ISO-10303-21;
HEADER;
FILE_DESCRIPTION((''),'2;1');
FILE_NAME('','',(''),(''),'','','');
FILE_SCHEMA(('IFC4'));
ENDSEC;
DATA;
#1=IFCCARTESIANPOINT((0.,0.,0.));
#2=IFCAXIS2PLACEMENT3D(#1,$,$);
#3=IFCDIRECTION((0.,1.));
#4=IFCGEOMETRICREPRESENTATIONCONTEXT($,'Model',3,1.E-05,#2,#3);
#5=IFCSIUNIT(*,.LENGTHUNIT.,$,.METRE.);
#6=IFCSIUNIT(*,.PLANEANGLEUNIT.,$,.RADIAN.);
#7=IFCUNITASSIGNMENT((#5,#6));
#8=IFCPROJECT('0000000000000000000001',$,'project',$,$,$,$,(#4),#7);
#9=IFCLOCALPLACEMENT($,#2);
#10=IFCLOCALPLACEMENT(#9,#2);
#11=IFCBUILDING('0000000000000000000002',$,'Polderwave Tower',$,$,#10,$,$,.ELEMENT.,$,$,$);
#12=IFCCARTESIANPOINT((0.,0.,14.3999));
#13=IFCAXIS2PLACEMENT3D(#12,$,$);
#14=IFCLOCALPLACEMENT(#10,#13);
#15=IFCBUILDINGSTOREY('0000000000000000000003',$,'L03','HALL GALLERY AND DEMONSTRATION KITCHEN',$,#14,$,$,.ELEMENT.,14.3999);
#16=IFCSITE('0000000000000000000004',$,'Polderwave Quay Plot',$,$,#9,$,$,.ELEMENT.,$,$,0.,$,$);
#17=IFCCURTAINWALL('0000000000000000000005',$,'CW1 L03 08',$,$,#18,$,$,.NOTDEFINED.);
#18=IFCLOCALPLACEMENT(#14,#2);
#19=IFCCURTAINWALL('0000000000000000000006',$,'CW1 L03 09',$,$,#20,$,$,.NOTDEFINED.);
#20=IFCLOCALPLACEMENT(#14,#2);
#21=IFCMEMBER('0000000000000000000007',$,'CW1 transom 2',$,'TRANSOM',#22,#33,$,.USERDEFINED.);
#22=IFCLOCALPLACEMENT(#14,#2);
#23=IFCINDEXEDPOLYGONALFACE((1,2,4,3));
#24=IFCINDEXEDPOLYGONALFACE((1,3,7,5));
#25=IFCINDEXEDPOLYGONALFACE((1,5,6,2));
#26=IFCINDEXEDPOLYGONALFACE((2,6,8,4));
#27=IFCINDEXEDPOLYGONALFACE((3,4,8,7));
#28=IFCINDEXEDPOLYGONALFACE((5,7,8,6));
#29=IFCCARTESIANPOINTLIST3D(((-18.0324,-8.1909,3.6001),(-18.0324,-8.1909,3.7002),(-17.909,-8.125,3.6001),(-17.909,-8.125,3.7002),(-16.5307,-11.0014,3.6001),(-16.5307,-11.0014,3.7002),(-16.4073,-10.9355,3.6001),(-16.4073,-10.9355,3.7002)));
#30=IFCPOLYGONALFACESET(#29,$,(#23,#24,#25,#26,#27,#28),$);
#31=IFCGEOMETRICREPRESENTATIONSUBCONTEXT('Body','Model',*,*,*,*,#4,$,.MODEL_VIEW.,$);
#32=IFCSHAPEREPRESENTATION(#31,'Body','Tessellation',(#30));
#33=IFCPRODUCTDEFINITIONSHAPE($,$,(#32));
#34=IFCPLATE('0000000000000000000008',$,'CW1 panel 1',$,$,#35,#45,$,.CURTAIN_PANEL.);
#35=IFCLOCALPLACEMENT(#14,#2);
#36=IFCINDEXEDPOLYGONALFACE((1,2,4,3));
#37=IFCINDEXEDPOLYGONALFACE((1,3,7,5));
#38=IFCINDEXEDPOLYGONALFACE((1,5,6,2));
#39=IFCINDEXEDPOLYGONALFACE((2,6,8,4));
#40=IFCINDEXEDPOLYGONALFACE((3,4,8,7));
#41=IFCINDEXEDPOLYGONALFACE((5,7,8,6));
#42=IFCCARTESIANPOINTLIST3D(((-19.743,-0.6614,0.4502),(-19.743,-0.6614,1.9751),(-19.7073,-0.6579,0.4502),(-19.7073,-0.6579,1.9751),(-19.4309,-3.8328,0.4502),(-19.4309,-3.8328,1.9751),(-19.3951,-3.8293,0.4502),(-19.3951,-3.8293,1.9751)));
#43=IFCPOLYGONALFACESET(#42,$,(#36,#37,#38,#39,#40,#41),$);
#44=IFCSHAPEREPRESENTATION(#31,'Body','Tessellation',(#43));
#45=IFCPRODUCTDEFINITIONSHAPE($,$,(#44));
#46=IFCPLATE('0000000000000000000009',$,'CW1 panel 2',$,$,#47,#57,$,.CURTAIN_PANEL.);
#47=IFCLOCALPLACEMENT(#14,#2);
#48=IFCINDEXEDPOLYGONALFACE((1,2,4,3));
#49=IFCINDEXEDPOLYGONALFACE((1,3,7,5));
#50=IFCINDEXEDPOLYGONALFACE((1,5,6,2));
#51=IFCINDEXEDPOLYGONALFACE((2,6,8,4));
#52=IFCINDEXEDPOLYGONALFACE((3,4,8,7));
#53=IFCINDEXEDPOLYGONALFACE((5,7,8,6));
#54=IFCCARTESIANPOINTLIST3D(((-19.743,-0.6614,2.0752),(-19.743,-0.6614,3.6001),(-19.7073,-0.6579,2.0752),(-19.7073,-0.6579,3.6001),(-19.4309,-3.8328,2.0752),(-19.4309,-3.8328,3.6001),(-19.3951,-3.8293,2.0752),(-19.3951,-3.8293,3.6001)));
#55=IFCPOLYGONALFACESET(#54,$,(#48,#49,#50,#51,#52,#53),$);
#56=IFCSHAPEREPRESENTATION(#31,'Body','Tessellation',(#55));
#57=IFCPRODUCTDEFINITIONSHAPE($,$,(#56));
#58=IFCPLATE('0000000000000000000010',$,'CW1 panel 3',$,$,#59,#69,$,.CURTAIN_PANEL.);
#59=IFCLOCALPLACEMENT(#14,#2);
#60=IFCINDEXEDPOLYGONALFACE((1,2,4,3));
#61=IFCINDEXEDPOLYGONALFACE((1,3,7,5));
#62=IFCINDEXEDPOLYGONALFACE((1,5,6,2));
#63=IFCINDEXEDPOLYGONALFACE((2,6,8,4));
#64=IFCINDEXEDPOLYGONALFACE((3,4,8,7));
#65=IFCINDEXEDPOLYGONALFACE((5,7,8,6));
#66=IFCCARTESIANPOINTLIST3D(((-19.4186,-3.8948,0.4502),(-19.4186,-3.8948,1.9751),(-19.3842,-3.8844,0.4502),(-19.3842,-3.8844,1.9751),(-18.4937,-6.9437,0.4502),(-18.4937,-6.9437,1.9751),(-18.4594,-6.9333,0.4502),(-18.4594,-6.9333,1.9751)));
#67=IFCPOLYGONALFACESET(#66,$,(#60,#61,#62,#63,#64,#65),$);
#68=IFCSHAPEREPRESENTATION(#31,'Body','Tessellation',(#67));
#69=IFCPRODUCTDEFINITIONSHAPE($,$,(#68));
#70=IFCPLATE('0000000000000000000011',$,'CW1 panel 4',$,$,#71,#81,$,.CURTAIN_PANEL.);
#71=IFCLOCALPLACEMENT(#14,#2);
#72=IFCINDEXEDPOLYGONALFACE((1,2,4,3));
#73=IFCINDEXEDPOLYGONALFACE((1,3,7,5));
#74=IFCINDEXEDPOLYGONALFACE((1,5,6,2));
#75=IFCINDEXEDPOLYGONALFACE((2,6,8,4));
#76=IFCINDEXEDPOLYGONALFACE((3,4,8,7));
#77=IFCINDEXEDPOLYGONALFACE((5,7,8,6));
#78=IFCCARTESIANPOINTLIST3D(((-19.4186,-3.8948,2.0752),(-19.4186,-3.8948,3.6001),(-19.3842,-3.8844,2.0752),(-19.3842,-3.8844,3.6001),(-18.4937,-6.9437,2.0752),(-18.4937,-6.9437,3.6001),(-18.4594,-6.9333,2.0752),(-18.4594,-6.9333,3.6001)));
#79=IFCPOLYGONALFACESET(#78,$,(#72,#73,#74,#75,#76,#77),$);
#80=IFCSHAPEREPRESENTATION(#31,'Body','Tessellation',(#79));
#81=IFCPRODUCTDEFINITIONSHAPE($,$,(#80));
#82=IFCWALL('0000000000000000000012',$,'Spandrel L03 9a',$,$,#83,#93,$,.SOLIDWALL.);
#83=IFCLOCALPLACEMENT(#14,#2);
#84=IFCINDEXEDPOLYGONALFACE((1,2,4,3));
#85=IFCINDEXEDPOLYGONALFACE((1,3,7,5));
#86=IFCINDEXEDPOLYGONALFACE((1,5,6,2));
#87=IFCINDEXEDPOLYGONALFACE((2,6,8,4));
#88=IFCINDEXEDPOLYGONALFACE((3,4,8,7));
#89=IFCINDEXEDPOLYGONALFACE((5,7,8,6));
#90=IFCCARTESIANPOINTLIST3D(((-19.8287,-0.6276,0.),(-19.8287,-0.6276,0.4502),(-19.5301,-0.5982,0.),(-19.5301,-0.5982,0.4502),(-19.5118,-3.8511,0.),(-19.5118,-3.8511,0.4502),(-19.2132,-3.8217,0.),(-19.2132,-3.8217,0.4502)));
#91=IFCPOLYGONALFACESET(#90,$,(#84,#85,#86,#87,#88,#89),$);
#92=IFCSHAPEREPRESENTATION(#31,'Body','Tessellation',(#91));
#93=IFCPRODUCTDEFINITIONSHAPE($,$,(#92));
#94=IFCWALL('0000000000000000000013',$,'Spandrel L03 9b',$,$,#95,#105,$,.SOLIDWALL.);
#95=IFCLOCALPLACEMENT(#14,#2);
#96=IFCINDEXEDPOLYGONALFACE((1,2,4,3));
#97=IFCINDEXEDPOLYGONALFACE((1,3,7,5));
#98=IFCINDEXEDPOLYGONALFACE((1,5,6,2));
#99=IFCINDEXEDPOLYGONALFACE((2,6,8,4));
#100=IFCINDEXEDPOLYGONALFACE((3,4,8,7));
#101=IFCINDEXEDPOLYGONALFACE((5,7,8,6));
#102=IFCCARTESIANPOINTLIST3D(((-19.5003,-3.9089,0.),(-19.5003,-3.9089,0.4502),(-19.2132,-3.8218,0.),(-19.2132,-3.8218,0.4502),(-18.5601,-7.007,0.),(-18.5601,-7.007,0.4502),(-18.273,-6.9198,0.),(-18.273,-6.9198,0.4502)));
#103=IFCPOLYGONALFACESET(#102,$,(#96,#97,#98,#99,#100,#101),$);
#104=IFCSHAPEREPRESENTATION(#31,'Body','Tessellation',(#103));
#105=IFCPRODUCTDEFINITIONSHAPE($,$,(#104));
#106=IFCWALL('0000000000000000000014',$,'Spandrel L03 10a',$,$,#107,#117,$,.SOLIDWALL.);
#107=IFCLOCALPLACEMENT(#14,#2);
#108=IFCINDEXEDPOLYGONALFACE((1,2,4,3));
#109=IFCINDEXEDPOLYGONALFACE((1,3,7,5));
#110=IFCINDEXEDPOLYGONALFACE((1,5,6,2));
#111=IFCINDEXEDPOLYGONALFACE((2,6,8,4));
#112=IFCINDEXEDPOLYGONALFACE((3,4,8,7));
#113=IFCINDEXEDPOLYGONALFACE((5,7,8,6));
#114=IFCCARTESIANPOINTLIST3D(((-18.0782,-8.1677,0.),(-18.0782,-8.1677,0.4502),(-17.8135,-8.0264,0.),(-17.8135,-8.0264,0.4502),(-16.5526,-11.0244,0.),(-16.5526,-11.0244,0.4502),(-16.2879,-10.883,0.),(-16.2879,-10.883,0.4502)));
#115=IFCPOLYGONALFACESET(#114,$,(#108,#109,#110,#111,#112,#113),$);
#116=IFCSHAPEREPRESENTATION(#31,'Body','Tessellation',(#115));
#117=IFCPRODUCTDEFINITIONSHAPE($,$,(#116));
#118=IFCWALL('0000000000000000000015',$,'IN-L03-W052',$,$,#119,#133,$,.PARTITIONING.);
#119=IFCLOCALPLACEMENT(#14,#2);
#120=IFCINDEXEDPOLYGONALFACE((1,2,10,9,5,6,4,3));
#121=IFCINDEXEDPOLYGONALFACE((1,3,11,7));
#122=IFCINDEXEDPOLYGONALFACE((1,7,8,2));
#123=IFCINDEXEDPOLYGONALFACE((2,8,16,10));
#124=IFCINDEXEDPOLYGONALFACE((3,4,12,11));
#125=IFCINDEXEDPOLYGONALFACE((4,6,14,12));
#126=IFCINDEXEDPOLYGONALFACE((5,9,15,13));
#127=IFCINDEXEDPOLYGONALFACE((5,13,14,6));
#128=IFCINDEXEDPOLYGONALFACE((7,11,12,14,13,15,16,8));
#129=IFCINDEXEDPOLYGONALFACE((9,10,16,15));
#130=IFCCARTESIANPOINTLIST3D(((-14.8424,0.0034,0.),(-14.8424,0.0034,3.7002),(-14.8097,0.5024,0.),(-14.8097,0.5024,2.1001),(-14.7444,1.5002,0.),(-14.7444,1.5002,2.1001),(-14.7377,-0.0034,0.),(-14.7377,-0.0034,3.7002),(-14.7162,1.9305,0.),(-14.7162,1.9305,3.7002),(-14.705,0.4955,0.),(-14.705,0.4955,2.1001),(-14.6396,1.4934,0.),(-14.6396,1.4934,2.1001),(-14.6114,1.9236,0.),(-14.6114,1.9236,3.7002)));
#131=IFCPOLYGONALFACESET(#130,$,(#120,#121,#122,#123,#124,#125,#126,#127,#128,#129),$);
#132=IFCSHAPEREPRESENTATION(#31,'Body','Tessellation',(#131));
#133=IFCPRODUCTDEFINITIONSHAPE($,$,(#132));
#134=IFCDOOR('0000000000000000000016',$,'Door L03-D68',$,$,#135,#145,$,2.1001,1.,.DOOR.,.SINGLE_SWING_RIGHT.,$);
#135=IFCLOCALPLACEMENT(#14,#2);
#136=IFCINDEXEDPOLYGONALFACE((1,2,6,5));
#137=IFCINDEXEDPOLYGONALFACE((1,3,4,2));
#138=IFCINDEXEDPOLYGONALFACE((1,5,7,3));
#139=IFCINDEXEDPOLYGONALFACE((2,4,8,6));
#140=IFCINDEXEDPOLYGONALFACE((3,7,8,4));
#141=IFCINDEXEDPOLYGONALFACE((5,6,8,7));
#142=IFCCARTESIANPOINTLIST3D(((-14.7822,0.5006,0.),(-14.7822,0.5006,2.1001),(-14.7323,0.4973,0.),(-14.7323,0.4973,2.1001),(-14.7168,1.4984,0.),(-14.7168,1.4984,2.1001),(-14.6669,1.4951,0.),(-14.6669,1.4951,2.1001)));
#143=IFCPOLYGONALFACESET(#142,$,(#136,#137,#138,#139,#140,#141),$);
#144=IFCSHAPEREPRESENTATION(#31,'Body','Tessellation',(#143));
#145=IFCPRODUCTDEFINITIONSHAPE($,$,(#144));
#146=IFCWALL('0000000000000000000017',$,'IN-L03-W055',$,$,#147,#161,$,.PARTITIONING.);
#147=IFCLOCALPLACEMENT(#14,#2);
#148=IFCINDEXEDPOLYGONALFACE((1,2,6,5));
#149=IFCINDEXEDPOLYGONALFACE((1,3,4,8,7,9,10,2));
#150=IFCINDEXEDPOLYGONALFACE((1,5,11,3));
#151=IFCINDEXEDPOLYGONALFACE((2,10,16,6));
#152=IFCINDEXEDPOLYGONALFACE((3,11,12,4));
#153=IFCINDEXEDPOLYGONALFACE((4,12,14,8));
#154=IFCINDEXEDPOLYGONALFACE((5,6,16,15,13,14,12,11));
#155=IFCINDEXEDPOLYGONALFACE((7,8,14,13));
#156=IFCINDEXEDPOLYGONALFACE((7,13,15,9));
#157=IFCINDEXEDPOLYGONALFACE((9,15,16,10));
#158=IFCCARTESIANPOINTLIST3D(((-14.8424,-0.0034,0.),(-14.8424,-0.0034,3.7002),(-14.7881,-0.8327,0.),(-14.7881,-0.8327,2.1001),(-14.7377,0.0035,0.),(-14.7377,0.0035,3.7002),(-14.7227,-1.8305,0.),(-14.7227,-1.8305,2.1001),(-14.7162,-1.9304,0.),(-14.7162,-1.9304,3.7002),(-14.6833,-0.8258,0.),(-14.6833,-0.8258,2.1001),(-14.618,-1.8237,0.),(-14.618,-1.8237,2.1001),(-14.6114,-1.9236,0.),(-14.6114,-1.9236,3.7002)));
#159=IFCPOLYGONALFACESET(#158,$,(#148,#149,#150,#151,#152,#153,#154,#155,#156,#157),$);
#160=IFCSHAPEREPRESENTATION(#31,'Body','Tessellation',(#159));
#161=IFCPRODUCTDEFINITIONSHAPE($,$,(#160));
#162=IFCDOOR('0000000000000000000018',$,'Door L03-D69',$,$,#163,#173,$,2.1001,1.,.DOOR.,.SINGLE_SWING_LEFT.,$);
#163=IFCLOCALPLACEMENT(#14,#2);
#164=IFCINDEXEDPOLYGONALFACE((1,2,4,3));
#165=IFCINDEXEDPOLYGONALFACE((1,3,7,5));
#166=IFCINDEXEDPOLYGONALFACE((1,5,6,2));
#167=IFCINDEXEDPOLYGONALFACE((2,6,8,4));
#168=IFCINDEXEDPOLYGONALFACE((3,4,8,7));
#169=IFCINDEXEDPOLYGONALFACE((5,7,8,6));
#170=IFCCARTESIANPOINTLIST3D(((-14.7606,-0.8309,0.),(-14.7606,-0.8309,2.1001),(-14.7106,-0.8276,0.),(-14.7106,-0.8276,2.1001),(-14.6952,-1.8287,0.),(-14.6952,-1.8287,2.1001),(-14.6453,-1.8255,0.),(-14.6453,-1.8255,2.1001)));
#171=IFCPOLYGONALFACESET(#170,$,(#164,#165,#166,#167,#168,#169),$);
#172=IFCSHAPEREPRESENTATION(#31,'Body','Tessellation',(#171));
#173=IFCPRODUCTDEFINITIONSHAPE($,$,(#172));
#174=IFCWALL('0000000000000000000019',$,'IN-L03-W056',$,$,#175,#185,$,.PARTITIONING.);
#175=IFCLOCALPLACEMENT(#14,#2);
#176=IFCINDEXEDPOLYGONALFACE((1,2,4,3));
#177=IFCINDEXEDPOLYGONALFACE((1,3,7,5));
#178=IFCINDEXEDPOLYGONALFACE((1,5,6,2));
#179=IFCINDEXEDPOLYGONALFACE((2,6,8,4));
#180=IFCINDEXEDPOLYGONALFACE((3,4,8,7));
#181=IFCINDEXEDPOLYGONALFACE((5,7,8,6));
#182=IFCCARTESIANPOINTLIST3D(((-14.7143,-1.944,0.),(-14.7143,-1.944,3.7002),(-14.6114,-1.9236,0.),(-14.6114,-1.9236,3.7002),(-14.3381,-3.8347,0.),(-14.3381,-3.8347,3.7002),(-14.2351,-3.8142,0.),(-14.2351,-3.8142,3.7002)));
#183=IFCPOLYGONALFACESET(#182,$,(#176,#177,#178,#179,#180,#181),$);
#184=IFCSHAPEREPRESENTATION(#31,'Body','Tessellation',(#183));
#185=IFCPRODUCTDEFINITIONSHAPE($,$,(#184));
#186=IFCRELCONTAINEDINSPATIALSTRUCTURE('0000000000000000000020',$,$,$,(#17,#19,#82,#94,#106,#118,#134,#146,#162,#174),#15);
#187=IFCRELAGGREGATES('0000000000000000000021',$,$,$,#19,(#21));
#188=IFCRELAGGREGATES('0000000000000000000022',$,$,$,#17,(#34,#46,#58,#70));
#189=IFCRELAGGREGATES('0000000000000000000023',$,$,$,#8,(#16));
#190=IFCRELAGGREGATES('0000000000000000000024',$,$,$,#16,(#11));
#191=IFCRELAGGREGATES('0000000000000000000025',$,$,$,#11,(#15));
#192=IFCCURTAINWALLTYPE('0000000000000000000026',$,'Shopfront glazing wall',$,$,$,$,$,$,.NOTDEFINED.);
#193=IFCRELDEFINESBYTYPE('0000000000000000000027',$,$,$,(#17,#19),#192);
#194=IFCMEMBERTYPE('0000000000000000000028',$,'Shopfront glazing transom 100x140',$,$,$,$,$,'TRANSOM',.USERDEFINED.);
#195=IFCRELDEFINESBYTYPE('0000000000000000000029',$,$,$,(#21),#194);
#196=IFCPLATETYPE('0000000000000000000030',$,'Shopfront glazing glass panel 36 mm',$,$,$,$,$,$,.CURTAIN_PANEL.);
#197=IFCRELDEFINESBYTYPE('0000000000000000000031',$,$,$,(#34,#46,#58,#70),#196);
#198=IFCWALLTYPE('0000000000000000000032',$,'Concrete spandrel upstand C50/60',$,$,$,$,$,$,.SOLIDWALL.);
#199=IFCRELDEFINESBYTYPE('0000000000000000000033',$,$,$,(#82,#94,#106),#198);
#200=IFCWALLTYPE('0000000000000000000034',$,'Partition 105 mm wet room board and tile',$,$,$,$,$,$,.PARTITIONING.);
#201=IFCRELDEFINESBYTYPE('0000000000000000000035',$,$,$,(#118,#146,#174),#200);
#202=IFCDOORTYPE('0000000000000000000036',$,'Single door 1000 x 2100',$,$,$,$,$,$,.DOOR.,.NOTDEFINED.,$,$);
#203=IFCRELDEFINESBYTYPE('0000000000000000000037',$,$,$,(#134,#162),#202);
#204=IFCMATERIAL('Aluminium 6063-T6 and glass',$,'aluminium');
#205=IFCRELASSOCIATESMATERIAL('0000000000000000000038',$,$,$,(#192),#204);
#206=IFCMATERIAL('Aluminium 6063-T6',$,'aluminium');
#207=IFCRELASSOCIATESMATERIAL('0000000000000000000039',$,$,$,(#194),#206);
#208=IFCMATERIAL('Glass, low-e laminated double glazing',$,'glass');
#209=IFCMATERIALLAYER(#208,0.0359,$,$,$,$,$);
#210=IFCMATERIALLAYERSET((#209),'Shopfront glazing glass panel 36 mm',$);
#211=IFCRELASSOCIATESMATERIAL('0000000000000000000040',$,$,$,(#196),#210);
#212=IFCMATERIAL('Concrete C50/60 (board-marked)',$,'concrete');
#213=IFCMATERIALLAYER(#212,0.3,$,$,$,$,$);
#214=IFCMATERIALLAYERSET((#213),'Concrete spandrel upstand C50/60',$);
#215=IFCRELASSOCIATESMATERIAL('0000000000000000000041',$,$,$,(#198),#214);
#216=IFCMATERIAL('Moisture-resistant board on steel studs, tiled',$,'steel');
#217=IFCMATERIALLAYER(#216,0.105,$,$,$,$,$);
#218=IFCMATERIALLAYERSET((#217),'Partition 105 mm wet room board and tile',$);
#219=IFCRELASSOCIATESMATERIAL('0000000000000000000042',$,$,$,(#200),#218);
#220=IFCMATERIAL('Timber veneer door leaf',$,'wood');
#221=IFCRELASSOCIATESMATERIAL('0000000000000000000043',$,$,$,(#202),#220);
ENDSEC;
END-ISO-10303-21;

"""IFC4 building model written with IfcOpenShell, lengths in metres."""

from ifc_helpers import new_model, si_unit, direction, frame, frame_2d, origin, origin_2d, place, context, subcontext, project, spatial, rectangle, extrude, material, layer, layer_set, material_profile, profile_set, type_object, element, fill, aggregate, save


model = new_model("IFC4")

# Units and contexts
model_context = context("Model", 3, precision=1e-05, world=origin(), true_north=direction((0.0, 1.0)))
body_context = subcontext(model_context, "Body", "Model", "MODEL_VIEW")
ifc_project = project(units=[si_unit("LENGTHUNIT", "METRE"), si_unit("PLANEANGLEUNIT", "RADIAN")], contexts=[model_context])

# Site, building, storey
site_placement = place(None, origin())
site = spatial("IfcSite", under=ifc_project, at=site_placement, Name="Polderwave Quay Plot", CompositionType="ELEMENT", RefElevation=0.0)
building_placement = place(site_placement, origin())
building = spatial("IfcBuilding", under=site, at=building_placement, Name="Polderwave Tower", CompositionType="ELEMENT")
storey_placement = place(building_placement, frame((0.0, 0.0, 14.3999)))
storey = spatial("IfcBuildingStorey", under=building, at=storey_placement, Name="L03", Description="HALL GALLERY AND DEMONSTRATION KITCHEN", CompositionType="ELEMENT", Elevation=14.3999)

# Curtain wall
ifc_material_1 = material(Name="Aluminium 6063-T6 and glass", Category="aluminium")
curtain_wall_type = type_object("IfcCurtainWallType", Name="Shopfront glazing wall", PredefinedType="NOTDEFINED", material=ifc_material_1)
curtain_wall_1_placement = place(storey_placement, origin())
curtain_wall_1 = element("IfcCurtainWall", 1, at=curtain_wall_1_placement, inside=storey, type_object=curtain_wall_type, Name="CW1 L03 08", PredefinedType="NOTDEFINED")
ifc_material_2 = material(Name="Aluminium 6063-T6", Category="aluminium")

# Curtain wall
curtain_wall_2_placement = place(storey_placement, origin())
curtain_wall_2 = element("IfcCurtainWall", 2, at=curtain_wall_2_placement, inside=storey, type_object=curtain_wall_type, Name="CW1 L03 09", PredefinedType="NOTDEFINED")

# Member
ifc_material_profile_1 = material_profile(ifc_material_2, rectangle(XDim=0.1399, YDim=0.1001, at=origin_2d()), Name="AL 100x140")
ifc_profile_set_1 = profile_set([ifc_material_profile_1], Name="Aluminium 6063-T6")
member_type_1 = type_object("IfcMemberType", Name="Shopfront glazing transom 100x140", ElementType="TRANSOM", PredefinedType="USERDEFINED", material=ifc_profile_set_1)
member_1_placement = place(storey_placement, frame((-17.9707, -8.158, 3.6501), z_axis=(0.47126, -0.881994, 0.0), x_axis=(0.881994, 0.47126, 0.0)))
member_1 = element("IfcMember", 3, at=member_1_placement, type_object=member_type_1, Name="CW1 transom 2", ObjectType="TRANSOM", PredefinedType="USERDEFINED", context=body_context, shape_type="SweptSolid", body=[
    extrude(rectangle(XDim=0.1399, YDim=0.1001, at=origin_2d()), origin(), (0.0, 0.0, 1.0), 3.1865),
])
aggregate(curtain_wall_2, [member_1])

# Plates
ifc_material_3 = material(Name="Glass, low-e laminated double glazing", Category="glass")
ifc_layer_1 = layer(ifc_material_3, 0.0359)
ifc_layer_set_1 = layer_set([ifc_layer_1], Name="Shopfront glazing glass panel 36 mm")
plate_type = type_object("IfcPlateType", Name="Shopfront glazing glass panel 36 mm", PredefinedType="CURTAIN_PANEL", material=ifc_layer_set_1)
plate_1_placement = place(storey_placement, frame((-19.5691, -2.2454, 0.4502), z_axis=(0.0, 0.0, 1.0), x_axis=(0.097963, -0.99519, 0.0)))
plate_1 = element("IfcPlate", 4, at=plate_1_placement, type_object=plate_type, Name="CW1 panel 1", PredefinedType="CURTAIN_PANEL", context=body_context, shape_type="SweptSolid", body=[
    extrude(rectangle(XDim=3.1868, YDim=0.0359, at=origin_2d()), origin(), (0.0, 0.0, 1.0), 1.5249),
])
plate_2_placement = place(storey_placement, frame((-19.5691, -2.2454, 2.0752), z_axis=(0.0, 0.0, 1.0), x_axis=(0.097963, -0.99519, 0.0)))
plate_2 = element("IfcPlate", 5, at=plate_2_placement, type_object=plate_type, Name="CW1 panel 2", PredefinedType="CURTAIN_PANEL", context=body_context, shape_type="SweptSolid", body=[
    extrude(rectangle(XDim=3.1868, YDim=0.0359, at=origin_2d()), origin(), (0.0, 0.0, 1.0), 1.5249),
])
plate_3_placement = place(storey_placement, frame((-18.939, -5.4141, 0.4502), z_axis=(0.0, 0.0, 1.0), x_axis=(0.290286, -0.95694, 0.0)))
plate_3 = element("IfcPlate", 6, at=plate_3_placement, type_object=plate_type, Name="CW1 panel 3", PredefinedType="CURTAIN_PANEL", context=body_context, shape_type="SweptSolid", body=[
    extrude(rectangle(XDim=3.186, YDim=0.0359, at=origin_2d()), origin(), (0.0, 0.0, 1.0), 1.5249),
])
plate_4_placement = place(storey_placement, frame((-18.939, -5.4141, 2.0752), z_axis=(0.0, 0.0, 1.0), x_axis=(0.290286, -0.95694, 0.0)))
plate_4 = element("IfcPlate", 7, at=plate_4_placement, type_object=plate_type, Name="CW1 panel 4", PredefinedType="CURTAIN_PANEL", context=body_context, shape_type="SweptSolid", body=[
    extrude(rectangle(XDim=3.186, YDim=0.0359, at=origin_2d()), origin(), (0.0, 0.0, 1.0), 1.5249),
])
aggregate(curtain_wall_1, [plate_1, plate_2, plate_3, plate_4])

# Walls
ifc_material_4 = material(Name="Concrete C50/60 (board-marked)", Category="concrete")
ifc_layer_2 = layer(ifc_material_4, 0.3)
ifc_layer_set_2 = layer_set([ifc_layer_2], Name="Concrete spandrel upstand C50/60")
wall_type_1 = type_object("IfcWallType", Name="Concrete spandrel upstand C50/60", PredefinedType="SOLIDWALL", material=ifc_layer_set_2)
wall_1_placement = place(storey_placement, frame((-19.6794, -0.6128, 0.0), z_axis=(0.0, 0.0, 1.0), x_axis=(0.097839, -0.995202, 0.0)))
element("IfcWall", 8, at=wall_1_placement, inside=storey, type_object=wall_type_1, Name="Spandrel L03 9a", PredefinedType="SOLIDWALL", context=body_context, shape_type="SweptSolid", body=[
    extrude(rectangle(XDim=3.239, YDim=0.3, at=frame_2d((1.6196, 0.0))), origin(), (0.0, 0.0, 1.0), 0.4502),
])
wall_2_placement = place(storey_placement, frame((-19.3567, -3.8655, 0.0), z_axis=(0.0, 0.0, 1.0), x_axis=(0.29039, -0.956908, 0.0)))
element("IfcWall", 9, at=wall_2_placement, inside=storey, type_object=wall_type_1, Name="Spandrel L03 9b", PredefinedType="SOLIDWALL", context=body_context, shape_type="SweptSolid", body=[
    extrude(rectangle(XDim=3.2375, YDim=0.3, at=frame_2d((1.6187, 0.0))), origin(), (0.0, 0.0, 1.0), 0.4502),
])
wall_3_placement = place(storey_placement, frame((-17.9458, -8.0972, 0.0), z_axis=(0.0, 0.0, 1.0), x_axis=(0.471085, -0.882088, 0.0)))
element("IfcWall", 10, at=wall_3_placement, inside=storey, type_object=wall_type_1, Name="Spandrel L03 10a", PredefinedType="SOLIDWALL", context=body_context, shape_type="SweptSolid", body=[
    extrude(rectangle(XDim=3.2385, YDim=0.3, at=frame_2d((1.6191, 0.0))), origin(), (0.0, 0.0, 1.0), 0.4502),
])

# Walls, openings, doors
ifc_material_5 = material(Name="Moisture-resistant board on steel studs, tiled", Category="steel")
ifc_layer_3 = layer(ifc_material_5, 0.105)
ifc_layer_set_3 = layer_set([ifc_layer_3], Name="Partition 105 mm wet room board and tile")
wall_type_2 = type_object("IfcWallType", Name="Partition 105 mm wet room board and tile", PredefinedType="PARTITIONING", material=ifc_layer_set_3)
wall_4_placement = place(storey_placement, frame((-14.79, 0.0, 0.0), z_axis=(0.0, 0.0, 1.0), x_axis=(0.065361, 0.997862, 0.0)))
wall_4 = element("IfcWall", 11, at=wall_4_placement, inside=storey, type_object=wall_type_2, Name="IN-L03-W052", PredefinedType="PARTITIONING", context=body_context, shape_type="SweptSolid", body=[
    extrude(rectangle(XDim=1.9312, YDim=0.105, at=frame_2d((0.9656, 0.0))), origin(), (0.0, 0.0, 1.0), 3.7002),
])
opening_1_placement = place(wall_4_placement, frame((0.5, 0.0, 0.0)))
opening_1 = element("IfcOpeningElement", 12, at=opening_1_placement, cuts=wall_4, PredefinedType="OPENING", context=body_context, shape_type="SweptSolid", body=[
    extrude(rectangle(XDim=1.0, YDim=2.1001, at=frame_2d((0.5, 1.05))), frame((0.0, 0.0625, 0.0), z_axis=(0.0, -1.0, 0.0), x_axis=(1.0, 0.0, 0.0)), (0.0, 0.0, 1.0), 0.125),
])
ifc_material_6 = material(Name="Timber veneer door leaf", Category="wood")
door_type = type_object("IfcDoorType", Name="Single door 1000 x 2100", OperationType="NOTDEFINED", PredefinedType="DOOR", material=ifc_material_6)
door_1_placement = place(opening_1_placement, origin())
door_1 = element("IfcDoor", 13, at=door_1_placement, inside=storey, type_object=door_type, Name="Door L03-D68", OperationType="SINGLE_SWING_RIGHT", OverallHeight=2.1001, OverallWidth=1.0, PredefinedType="DOOR", context=body_context, shape_type="SweptSolid", body=[
    extrude(rectangle(XDim=1.0, YDim=2.1001, at=frame_2d((0.5, 1.05))), frame((0.0, 0.0249, 0.0), z_axis=(0.0, -1.0, 0.0), x_axis=(1.0, 0.0, 0.0)), (0.0, 0.0, 1.0), 0.05),
])
fill(opening_1, door_1)
wall_5_placement = place(storey_placement, frame((-14.6638, -1.927, 0.0), z_axis=(0.0, 0.0, 1.0), x_axis=(-0.065361, 0.997862, 0.0)))
wall_5 = element("IfcWall", 14, at=wall_5_placement, inside=storey, type_object=wall_type_2, Name="IN-L03-W055", PredefinedType="PARTITIONING", context=body_context, shape_type="SweptSolid", body=[
    extrude(rectangle(XDim=1.9312, YDim=0.105, at=frame_2d((0.9656, 0.0))), origin(), (0.0, 0.0, 1.0), 3.7002),
])
opening_2_placement = place(wall_5_placement, frame((0.1001, 0.0, 0.0)))
opening_2 = element("IfcOpeningElement", 15, at=opening_2_placement, cuts=wall_5, PredefinedType="OPENING", context=body_context, shape_type="SweptSolid", body=[
    extrude(rectangle(XDim=1.0, YDim=2.1001, at=frame_2d((0.5, 1.05))), frame((0.0, 0.0625, 0.0), z_axis=(0.0, -1.0, 0.0), x_axis=(1.0, 0.0, 0.0)), (0.0, 0.0, 1.0), 0.125),
])
door_2_placement = place(opening_2_placement, origin())
door_2 = element("IfcDoor", 16, at=door_2_placement, inside=storey, type_object=door_type, Name="Door L03-D69", OperationType="SINGLE_SWING_LEFT", OverallHeight=2.1001, OverallWidth=1.0, PredefinedType="DOOR", context=body_context, shape_type="SweptSolid", body=[
    extrude(rectangle(XDim=1.0, YDim=2.1001, at=frame_2d((0.5, 1.05))), frame((0.0, 0.0249, 0.0), z_axis=(0.0, -1.0, 0.0), x_axis=(1.0, 0.0, 0.0)), (0.0, 0.0, 1.0), 0.05),
])
fill(opening_2, door_2)

# Wall
wall_6_placement = place(storey_placement, frame((-14.2866, -3.8245, 0.0), z_axis=(0.0, 0.0, 1.0), x_axis=(-0.195166, 0.98077, 0.0)))
element("IfcWall", 17, at=wall_6_placement, inside=storey, type_object=wall_type_2, Name="IN-L03-W056", PredefinedType="PARTITIONING", context=body_context, shape_type="SweptSolid", body=[
    extrude(rectangle(XDim=1.9277, YDim=0.105, at=frame_2d((0.9639, 0.0))), origin(), (0.0, 0.0, 1.0), 3.7002),
])

save(model, "model.ifc")
